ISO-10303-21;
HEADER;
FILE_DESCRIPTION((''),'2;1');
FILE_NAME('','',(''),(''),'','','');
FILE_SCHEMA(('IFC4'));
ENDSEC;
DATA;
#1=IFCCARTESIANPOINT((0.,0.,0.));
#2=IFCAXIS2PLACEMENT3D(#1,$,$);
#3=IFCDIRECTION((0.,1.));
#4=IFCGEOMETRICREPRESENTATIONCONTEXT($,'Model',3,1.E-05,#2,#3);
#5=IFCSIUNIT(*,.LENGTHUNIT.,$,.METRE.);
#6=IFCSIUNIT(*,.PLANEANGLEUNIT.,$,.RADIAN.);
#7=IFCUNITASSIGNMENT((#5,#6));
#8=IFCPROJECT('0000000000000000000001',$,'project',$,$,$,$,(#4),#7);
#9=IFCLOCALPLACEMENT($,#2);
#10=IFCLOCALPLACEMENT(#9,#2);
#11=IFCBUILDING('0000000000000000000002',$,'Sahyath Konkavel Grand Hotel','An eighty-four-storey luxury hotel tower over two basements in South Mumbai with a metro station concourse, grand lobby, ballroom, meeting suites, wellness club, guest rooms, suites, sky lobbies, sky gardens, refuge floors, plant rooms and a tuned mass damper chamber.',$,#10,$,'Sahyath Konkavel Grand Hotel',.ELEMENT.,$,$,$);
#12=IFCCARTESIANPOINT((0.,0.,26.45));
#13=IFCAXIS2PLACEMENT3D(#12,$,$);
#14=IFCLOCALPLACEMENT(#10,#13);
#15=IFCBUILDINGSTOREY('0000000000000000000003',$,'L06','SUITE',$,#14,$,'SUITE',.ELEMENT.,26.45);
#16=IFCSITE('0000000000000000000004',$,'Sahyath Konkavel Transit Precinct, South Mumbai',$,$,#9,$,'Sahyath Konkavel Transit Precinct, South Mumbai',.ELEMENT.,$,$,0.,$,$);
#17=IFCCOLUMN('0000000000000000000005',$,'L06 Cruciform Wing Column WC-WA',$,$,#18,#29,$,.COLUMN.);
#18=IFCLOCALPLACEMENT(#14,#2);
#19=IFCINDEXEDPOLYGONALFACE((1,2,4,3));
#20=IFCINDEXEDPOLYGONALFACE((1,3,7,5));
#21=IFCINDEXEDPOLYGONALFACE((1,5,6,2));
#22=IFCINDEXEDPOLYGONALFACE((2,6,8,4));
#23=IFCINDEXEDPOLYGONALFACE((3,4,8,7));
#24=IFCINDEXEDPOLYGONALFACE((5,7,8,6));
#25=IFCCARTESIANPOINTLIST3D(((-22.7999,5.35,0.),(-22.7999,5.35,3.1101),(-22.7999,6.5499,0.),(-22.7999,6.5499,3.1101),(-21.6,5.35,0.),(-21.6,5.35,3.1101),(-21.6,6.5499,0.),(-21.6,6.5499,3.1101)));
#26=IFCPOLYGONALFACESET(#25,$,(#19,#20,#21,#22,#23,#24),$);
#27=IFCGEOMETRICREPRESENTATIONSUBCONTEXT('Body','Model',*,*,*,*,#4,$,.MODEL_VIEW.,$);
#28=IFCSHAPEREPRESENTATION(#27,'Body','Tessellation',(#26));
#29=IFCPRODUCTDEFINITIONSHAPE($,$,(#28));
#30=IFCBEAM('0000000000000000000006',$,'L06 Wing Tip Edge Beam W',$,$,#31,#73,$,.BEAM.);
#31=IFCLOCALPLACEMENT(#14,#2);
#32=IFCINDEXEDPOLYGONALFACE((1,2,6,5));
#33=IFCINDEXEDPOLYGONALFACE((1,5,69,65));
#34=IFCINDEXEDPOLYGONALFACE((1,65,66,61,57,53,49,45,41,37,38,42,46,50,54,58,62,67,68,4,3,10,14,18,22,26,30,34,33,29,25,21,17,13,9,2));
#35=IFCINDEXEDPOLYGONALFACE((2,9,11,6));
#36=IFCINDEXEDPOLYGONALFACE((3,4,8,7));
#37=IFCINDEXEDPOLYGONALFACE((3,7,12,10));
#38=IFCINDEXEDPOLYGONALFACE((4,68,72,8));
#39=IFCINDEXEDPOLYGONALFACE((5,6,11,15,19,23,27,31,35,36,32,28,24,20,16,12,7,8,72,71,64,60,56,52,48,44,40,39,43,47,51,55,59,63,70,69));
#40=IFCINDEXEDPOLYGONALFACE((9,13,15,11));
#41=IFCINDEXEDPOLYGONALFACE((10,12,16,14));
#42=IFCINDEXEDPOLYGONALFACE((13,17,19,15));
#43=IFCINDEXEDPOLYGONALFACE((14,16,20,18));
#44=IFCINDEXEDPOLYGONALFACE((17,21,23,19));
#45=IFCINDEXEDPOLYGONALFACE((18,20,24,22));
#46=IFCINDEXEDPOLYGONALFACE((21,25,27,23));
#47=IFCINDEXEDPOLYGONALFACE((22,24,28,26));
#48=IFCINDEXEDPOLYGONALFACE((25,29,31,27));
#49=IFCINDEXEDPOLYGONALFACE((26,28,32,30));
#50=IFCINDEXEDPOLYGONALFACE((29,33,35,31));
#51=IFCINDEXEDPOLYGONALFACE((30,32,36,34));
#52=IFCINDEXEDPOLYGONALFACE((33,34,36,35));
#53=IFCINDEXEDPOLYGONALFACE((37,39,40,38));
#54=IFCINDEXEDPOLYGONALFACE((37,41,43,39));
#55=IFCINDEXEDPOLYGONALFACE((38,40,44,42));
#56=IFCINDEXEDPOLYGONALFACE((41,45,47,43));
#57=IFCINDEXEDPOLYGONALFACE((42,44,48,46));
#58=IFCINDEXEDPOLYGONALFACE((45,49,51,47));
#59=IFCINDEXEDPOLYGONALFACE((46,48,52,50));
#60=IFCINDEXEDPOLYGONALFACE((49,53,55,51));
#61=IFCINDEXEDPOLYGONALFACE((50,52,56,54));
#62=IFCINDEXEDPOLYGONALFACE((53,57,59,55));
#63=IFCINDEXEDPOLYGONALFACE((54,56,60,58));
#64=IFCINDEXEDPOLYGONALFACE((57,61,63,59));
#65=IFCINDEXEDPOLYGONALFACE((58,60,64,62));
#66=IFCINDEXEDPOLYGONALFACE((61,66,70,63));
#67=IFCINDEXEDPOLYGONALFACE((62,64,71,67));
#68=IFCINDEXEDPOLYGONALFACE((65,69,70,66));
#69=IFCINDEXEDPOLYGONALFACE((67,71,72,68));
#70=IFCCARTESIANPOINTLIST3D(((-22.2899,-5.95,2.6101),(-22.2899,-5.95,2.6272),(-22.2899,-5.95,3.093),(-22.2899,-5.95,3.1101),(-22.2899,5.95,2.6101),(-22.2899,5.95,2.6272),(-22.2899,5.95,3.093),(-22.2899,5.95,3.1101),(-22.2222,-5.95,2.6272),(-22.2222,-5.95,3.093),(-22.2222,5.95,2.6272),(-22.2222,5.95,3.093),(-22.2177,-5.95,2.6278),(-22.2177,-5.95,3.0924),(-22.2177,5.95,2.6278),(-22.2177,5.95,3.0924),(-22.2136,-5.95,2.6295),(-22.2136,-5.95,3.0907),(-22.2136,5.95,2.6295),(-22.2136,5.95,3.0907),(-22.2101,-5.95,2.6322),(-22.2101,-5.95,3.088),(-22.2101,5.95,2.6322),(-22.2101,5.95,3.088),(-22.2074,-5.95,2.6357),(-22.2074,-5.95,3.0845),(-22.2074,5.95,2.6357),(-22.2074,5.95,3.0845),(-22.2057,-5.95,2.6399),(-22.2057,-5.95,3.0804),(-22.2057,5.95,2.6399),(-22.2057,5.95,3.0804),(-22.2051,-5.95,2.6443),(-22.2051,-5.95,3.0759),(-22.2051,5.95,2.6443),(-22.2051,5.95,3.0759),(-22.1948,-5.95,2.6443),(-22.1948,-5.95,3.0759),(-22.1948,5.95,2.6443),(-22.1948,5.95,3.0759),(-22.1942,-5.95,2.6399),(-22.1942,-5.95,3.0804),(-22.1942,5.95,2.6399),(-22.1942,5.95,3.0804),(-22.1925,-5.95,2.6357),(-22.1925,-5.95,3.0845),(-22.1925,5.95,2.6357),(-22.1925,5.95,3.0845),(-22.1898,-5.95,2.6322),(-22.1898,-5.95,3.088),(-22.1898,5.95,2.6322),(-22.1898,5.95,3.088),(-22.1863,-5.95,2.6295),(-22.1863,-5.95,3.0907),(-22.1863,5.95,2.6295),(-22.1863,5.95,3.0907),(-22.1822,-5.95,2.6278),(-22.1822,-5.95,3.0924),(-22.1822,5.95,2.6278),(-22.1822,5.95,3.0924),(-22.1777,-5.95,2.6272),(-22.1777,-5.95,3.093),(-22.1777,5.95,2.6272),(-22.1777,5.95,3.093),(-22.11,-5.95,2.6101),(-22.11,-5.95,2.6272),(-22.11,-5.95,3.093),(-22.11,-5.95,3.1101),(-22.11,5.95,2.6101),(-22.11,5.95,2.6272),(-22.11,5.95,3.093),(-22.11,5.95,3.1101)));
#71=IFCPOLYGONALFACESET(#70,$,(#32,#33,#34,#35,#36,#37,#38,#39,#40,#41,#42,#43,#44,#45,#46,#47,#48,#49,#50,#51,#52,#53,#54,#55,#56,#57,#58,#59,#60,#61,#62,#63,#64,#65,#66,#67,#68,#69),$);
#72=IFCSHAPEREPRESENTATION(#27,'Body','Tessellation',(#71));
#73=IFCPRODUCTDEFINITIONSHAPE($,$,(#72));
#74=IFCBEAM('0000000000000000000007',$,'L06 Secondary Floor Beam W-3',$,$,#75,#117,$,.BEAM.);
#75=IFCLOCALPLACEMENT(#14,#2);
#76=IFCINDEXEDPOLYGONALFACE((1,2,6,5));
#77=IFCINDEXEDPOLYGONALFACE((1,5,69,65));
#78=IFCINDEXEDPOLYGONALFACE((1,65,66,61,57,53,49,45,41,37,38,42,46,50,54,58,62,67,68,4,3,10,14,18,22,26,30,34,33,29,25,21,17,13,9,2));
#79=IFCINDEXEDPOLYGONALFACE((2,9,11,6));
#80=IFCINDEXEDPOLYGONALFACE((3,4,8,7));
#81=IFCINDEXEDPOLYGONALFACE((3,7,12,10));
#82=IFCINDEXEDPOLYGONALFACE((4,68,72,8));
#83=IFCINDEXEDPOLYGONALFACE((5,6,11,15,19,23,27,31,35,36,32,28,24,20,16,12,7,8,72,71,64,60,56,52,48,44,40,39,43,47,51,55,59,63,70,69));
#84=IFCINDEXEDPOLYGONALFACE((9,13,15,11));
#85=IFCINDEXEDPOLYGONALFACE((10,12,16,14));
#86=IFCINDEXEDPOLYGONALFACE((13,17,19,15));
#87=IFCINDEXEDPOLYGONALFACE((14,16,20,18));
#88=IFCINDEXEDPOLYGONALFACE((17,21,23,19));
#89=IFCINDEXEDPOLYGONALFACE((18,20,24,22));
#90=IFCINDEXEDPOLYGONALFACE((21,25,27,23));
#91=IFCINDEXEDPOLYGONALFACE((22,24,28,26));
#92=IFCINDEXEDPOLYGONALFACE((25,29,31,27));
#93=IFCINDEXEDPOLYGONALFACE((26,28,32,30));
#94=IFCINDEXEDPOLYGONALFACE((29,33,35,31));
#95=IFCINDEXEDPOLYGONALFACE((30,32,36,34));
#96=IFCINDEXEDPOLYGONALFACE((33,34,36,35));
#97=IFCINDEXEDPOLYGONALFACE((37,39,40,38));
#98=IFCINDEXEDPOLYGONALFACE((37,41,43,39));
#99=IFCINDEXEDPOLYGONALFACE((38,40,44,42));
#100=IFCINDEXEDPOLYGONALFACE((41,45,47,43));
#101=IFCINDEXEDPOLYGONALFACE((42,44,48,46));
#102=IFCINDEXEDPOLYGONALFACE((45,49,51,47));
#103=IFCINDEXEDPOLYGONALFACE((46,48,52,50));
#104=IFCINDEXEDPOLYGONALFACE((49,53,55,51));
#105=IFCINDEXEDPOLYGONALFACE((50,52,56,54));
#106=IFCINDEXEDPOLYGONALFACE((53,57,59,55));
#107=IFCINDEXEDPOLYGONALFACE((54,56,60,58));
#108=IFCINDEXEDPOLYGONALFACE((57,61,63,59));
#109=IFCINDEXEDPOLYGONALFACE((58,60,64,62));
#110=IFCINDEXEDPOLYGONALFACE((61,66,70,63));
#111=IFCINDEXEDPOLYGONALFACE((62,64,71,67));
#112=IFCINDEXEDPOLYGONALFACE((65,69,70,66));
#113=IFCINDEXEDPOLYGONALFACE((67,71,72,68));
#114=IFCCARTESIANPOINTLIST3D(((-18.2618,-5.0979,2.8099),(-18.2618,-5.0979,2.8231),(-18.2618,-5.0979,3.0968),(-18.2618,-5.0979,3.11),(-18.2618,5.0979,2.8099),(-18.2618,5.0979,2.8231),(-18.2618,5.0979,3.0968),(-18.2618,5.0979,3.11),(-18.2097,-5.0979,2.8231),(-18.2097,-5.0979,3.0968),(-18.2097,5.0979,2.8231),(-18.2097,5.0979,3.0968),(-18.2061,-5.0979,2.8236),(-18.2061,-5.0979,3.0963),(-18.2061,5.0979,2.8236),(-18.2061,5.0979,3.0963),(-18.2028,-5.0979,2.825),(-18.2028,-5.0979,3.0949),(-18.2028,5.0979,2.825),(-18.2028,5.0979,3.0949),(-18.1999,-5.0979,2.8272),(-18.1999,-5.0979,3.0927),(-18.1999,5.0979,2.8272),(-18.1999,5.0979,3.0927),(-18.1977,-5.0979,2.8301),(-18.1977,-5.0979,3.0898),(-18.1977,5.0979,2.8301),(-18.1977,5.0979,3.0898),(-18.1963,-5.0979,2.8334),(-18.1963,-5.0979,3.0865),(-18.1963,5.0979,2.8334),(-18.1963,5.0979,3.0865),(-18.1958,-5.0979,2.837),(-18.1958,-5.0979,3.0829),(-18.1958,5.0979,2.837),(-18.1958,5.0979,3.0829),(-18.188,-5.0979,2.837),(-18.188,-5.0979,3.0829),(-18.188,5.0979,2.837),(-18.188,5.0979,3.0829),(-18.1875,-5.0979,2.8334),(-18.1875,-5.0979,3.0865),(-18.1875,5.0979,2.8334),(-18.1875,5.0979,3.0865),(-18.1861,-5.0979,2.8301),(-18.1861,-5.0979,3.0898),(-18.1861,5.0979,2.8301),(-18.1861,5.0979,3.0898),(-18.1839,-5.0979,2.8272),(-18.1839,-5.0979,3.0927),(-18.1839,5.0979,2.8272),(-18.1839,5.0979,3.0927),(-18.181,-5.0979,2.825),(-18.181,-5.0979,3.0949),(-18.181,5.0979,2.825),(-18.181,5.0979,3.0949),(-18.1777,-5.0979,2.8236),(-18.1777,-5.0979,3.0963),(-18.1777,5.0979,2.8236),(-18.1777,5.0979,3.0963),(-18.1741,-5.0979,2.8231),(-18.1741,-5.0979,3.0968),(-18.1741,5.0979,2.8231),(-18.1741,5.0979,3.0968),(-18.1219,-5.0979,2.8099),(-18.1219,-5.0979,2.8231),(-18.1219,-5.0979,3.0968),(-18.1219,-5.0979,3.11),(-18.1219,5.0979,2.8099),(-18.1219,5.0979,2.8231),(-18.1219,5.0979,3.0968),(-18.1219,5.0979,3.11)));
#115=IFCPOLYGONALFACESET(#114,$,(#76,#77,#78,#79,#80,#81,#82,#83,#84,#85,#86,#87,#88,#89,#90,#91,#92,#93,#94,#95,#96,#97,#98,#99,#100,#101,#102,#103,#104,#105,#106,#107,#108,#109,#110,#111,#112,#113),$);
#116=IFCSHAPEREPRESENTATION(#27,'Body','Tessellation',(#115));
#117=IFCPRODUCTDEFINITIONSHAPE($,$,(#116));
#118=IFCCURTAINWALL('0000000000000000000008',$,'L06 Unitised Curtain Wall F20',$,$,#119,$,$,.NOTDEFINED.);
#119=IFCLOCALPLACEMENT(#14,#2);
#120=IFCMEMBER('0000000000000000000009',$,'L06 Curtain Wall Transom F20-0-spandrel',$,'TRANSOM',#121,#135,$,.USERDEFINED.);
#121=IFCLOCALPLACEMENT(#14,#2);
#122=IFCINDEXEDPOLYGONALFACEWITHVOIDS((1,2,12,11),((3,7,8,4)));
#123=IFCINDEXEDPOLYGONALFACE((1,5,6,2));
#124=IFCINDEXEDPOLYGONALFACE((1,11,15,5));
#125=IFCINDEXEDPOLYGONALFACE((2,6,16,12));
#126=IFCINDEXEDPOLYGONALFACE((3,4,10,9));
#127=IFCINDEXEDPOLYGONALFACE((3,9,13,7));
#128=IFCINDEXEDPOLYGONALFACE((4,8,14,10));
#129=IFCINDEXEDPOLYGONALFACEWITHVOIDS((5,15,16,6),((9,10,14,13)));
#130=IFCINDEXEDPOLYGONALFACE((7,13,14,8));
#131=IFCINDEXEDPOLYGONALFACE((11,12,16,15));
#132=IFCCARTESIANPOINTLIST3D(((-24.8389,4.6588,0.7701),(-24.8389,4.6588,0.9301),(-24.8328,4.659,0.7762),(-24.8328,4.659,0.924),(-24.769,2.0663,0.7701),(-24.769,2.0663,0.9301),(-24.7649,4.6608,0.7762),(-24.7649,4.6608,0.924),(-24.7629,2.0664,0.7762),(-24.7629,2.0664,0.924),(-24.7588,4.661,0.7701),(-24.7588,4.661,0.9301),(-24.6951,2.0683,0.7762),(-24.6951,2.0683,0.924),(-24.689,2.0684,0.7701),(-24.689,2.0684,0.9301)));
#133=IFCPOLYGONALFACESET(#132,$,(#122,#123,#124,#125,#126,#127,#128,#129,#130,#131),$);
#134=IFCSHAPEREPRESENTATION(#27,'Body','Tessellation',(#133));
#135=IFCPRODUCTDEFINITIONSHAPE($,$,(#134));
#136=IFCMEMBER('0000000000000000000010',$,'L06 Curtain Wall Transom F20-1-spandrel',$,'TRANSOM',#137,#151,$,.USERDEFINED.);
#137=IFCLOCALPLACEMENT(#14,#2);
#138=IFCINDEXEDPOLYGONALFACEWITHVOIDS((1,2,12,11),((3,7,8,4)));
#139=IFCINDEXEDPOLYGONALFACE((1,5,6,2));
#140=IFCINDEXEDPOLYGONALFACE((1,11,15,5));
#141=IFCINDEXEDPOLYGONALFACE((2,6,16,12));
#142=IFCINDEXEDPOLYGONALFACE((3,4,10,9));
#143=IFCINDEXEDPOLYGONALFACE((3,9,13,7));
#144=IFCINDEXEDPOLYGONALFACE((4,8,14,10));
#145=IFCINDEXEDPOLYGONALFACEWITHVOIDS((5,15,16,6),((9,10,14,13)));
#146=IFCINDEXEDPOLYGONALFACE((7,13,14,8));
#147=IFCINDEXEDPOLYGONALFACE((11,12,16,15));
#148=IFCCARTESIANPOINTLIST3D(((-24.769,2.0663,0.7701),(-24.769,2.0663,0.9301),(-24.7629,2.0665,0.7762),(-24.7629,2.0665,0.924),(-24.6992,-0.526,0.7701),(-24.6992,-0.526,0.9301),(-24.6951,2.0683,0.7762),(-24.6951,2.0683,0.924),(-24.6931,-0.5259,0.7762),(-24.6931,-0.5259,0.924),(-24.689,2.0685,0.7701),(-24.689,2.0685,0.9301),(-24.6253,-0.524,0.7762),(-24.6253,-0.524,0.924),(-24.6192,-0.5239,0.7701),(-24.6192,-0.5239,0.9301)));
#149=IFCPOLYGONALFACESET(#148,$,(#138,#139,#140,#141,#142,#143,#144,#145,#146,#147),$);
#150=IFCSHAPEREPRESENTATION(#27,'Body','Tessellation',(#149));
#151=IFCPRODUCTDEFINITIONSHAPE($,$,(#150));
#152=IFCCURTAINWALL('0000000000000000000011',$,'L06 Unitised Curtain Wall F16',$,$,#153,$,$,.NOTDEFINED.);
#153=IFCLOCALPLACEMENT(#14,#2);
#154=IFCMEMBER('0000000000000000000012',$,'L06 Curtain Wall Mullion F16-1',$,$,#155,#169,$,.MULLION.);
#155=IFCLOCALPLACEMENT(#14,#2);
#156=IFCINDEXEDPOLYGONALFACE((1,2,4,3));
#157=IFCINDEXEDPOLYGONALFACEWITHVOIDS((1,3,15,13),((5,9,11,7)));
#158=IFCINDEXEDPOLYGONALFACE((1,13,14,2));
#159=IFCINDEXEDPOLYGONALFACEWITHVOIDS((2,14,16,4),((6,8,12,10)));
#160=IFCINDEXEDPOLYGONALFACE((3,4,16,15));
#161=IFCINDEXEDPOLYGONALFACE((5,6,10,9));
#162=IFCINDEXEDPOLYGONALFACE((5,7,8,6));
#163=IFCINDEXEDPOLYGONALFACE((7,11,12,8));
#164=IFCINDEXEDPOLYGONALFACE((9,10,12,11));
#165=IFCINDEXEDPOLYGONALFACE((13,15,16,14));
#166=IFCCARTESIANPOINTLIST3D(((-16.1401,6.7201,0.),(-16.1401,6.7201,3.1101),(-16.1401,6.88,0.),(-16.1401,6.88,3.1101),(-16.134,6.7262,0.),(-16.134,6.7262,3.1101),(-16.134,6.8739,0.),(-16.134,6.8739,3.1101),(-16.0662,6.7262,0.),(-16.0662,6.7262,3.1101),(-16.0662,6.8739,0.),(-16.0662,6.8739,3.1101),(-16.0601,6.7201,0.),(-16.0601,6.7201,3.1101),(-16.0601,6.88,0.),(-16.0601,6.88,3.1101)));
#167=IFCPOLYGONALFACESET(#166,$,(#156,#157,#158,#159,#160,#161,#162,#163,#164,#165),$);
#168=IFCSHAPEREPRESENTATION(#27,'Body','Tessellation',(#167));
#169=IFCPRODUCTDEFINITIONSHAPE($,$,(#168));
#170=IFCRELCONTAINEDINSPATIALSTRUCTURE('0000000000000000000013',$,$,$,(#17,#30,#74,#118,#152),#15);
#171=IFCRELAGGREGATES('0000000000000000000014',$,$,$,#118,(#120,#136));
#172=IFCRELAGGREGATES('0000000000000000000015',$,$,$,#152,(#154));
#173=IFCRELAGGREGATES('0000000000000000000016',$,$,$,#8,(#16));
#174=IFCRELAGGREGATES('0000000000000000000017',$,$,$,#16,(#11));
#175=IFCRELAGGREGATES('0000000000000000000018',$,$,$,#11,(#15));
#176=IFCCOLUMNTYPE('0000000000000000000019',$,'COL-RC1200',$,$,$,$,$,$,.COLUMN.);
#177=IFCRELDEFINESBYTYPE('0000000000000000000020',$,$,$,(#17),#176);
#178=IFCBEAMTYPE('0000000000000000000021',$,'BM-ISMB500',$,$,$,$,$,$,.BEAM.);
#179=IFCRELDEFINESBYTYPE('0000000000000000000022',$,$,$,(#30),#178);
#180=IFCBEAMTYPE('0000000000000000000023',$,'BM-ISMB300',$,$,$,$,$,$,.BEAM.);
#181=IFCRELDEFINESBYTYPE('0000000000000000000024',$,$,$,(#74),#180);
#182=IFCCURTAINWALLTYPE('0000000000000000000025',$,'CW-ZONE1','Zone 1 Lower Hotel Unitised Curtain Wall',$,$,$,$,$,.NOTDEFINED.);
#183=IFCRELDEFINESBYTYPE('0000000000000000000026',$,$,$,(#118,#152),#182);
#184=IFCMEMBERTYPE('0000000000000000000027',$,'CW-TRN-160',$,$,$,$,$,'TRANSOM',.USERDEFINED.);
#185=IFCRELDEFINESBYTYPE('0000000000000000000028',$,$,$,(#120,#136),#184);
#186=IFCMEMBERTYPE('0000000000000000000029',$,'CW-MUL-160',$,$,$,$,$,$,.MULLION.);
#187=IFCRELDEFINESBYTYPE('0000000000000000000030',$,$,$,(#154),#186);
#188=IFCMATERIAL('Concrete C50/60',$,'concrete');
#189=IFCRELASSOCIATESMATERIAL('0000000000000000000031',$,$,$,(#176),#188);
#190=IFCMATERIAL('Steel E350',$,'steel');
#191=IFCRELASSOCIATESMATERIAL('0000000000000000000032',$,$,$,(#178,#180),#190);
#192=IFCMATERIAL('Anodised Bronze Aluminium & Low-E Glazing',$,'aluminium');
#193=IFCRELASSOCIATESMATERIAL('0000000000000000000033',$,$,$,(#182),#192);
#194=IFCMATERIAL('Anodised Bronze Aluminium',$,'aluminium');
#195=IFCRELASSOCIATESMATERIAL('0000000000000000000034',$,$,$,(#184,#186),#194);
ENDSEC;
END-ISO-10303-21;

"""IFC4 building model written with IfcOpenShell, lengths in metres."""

from ifc_helpers import new_model, si_unit, direction, frame, origin, origin_2d, place, context, subcontext, project, spatial, rectangle, hollow_rectangle, i_section, extrude, source, transform, mapped, material, material_profile, profile_set, type_object, element, aggregate, save


model = new_model("IFC4")

# Units and contexts
model_context = context("Model", 3, precision=1e-05, world=origin(), true_north=direction((0.0, 1.0)))
body_context = subcontext(model_context, "Body", "Model", "MODEL_VIEW")
ifc_project = project(units=[si_unit("LENGTHUNIT", "METRE"), si_unit("PLANEANGLEUNIT", "RADIAN")], contexts=[model_context])

# Site, building, storey
site_placement = place(None, origin())
site = spatial("IfcSite", under=ifc_project, at=site_placement, Name="Sahyath Konkavel Transit Precinct, South Mumbai", LongName="Sahyath Konkavel Transit Precinct, South Mumbai", CompositionType="ELEMENT", RefElevation=0.0)
building_placement = place(site_placement, origin())
building = spatial("IfcBuilding", under=site, at=building_placement, Name="Sahyath Konkavel Grand Hotel", Description="An eighty-four-storey luxury hotel tower over two basements in South Mumbai with a metro station concourse, grand lobby, ballroom, meeting suites, wellness club, guest rooms, suites, sky lobbies, sky gardens, refuge floors, plant rooms and a tuned mass damper chamber.", LongName="Sahyath Konkavel Grand Hotel", CompositionType="ELEMENT")
storey_placement = place(building_placement, frame((0.0, 0.0, 26.45)))
storey = spatial("IfcBuildingStorey", under=building, at=storey_placement, Name="L06", Description="SUITE", LongName="SUITE", CompositionType="ELEMENT", Elevation=26.45)

# Column
ifc_material_1 = material(Name="Concrete C50/60", Category="concrete")
ifc_material_profile_1 = material_profile(ifc_material_1, rectangle(XDim=1.2, YDim=1.2, at=origin_2d()), Name="RC 1200x1200")
ifc_profile_set_1 = profile_set([ifc_material_profile_1], Name="Concrete C50/60")
column_type = type_object("IfcColumnType", Name="COL-RC1200", PredefinedType="COLUMN", material=ifc_profile_set_1)
shared_shape_1 = source(origin(), body_context, "Body", "SweptSolid", [
    extrude(rectangle(XDim=1.2, YDim=1.2, at=origin_2d()), origin(), (0.0, 0.0, 1.0), 3.1101),
])
column_placement = place(storey_placement, frame((-22.2, 5.95, 0.0), z_axis=(0.0, 0.0, 1.0), x_axis=(1.0, 0.0, 0.0)))
element("IfcColumn", 1, at=column_placement, inside=storey, type_object=column_type, Name="L06 Cruciform Wing Column WC-WA", PredefinedType="COLUMN", context=body_context, shape_type="MappedRepresentation", body=[
    mapped(shared_shape_1, transform((0.0, 0.0, 0.0), scale=1.0)),
])

# Beams
ifc_material_2 = material(Name="Steel E350", Category="steel")
ifc_material_profile_2 = material_profile(ifc_material_2, i_section(OverallWidth=0.1799, OverallDepth=0.5, WebThickness=0.0103, FlangeThickness=0.0171, FilletRadius=0.0171, at=origin_2d()), Name="ISMB 500")
ifc_profile_set_2 = profile_set([ifc_material_profile_2], Name="Steel E350")
beam_type_1 = type_object("IfcBeamType", Name="BM-ISMB500", PredefinedType="BEAM", material=ifc_profile_set_2)
shared_shape_2 = source(origin(), body_context, "Body", "SweptSolid", [
    extrude(i_section(OverallWidth=0.1799, OverallDepth=0.5, WebThickness=0.0103, FlangeThickness=0.0171, FilletRadius=0.0171, at=origin_2d()), origin(), (0.0, 0.0, 1.0), 11.8999),
])
beam_1_placement = place(storey_placement, frame((-22.2, 5.95, 2.8601), z_axis=(0.0, -1.0, 0.0), x_axis=(1.0, 0.0, 0.0)))
element("IfcBeam", 2, at=beam_1_placement, inside=storey, type_object=beam_type_1, Name="L06 Wing Tip Edge Beam W", PredefinedType="BEAM", context=body_context, shape_type="MappedRepresentation", body=[
    mapped(shared_shape_2, transform((0.0, 0.0, 0.0), scale=1.0)),
])
ifc_material_profile_3 = material_profile(ifc_material_2, i_section(OverallWidth=0.1399, OverallDepth=0.3, WebThickness=0.0078, FlangeThickness=0.0132, FilletRadius=0.0139, at=origin_2d()), Name="ISMB 300")
ifc_profile_set_3 = profile_set([ifc_material_profile_3], Name="Steel E350")
beam_type_2 = type_object("IfcBeamType", Name="BM-ISMB300", PredefinedType="BEAM", material=ifc_profile_set_3)
shared_shape_3 = source(origin(), body_context, "Body", "SweptSolid", [
    extrude(i_section(OverallWidth=0.1399, OverallDepth=0.3, WebThickness=0.0078, FlangeThickness=0.0132, FilletRadius=0.0139, at=origin_2d()), origin(), (0.0, 0.0, 1.0), 10.1958),
])
beam_2_placement = place(storey_placement, frame((-18.1919, 5.0979, 2.96), z_axis=(0.0, -1.0, 0.0), x_axis=(1.0, 0.0, 0.0)))
element("IfcBeam", 3, at=beam_2_placement, inside=storey, type_object=beam_type_2, Name="L06 Secondary Floor Beam W-3", PredefinedType="BEAM", context=body_context, shape_type="MappedRepresentation", body=[
    mapped(shared_shape_3, transform((0.0, 0.0, 0.0), scale=1.0)),
])

# Curtain walls, members
ifc_material_3 = material(Name="Anodised Bronze Aluminium & Low-E Glazing", Category="aluminium")
curtain_wall_type = type_object("IfcCurtainWallType", Name="CW-ZONE1", Description="Zone 1 Lower Hotel Unitised Curtain Wall", PredefinedType="NOTDEFINED", material=ifc_material_3)
curtain_wall_1_placement = place(storey_placement, origin())
curtain_wall_1 = element("IfcCurtainWall", 4, at=curtain_wall_1_placement, inside=storey, type_object=curtain_wall_type, Name="L06 Unitised Curtain Wall F20", PredefinedType="NOTDEFINED")
ifc_material_4 = material(Name="Anodised Bronze Aluminium", Category="aluminium")
ifc_material_profile_4 = material_profile(ifc_material_4, hollow_rectangle(XDim=0.0801, YDim=0.1599, WallThickness=0.0061, at=origin_2d()), Name="RHS 160x80x6")
ifc_profile_set_4 = profile_set([ifc_material_profile_4], Name="Anodised Bronze Aluminium")
member_type_1 = type_object("IfcMemberType", Name="CW-TRN-160", ElementType="TRANSOM", PredefinedType="USERDEFINED", material=ifc_profile_set_4)
shared_shape_4 = source(origin(), body_context, "Body", "SweptSolid", [
    extrude(hollow_rectangle(XDim=0.0801, YDim=0.1599, WallThickness=0.0061, at=origin_2d()), origin(), (0.0, 0.0, 1.0), 2.5935),
])
member_1_placement = place(storey_placement, frame((-24.7988, 4.6599, 0.8501), z_axis=(0.026923, -0.999638, 0.0), x_axis=(0.999638, 0.026923, 0.0)))
member_1 = element("IfcMember", 5, at=member_1_placement, type_object=member_type_1, Name="L06 Curtain Wall Transom F20-0-spandrel", ObjectType="TRANSOM", PredefinedType="USERDEFINED", context=body_context, shape_type="MappedRepresentation", body=[
    mapped(shared_shape_4, transform((0.0, 0.0, 0.0), scale=1.0)),
])
shared_shape_5 = source(origin(), body_context, "Body", "SweptSolid", [
    extrude(hollow_rectangle(XDim=0.0801, YDim=0.1599, WallThickness=0.0061, at=origin_2d()), origin(), (0.0, 0.0, 1.0), 2.5933),
])
member_2_placement = place(storey_placement, frame((-24.729, 2.0674, 0.8501), z_axis=(0.026926, -0.999637, 0.0), x_axis=(0.999637, 0.026926, 0.0)))
member_2 = element("IfcMember", 6, at=member_2_placement, type_object=member_type_1, Name="L06 Curtain Wall Transom F20-1-spandrel", ObjectType="TRANSOM", PredefinedType="USERDEFINED", context=body_context, shape_type="MappedRepresentation", body=[
    mapped(shared_shape_5, transform((0.0, 0.0, 0.0), scale=1.0)),
])
curtain_wall_2_placement = place(storey_placement, origin())
curtain_wall_2 = element("IfcCurtainWall", 7, at=curtain_wall_2_placement, inside=storey, type_object=curtain_wall_type, Name="L06 Unitised Curtain Wall F16", PredefinedType="NOTDEFINED")
ifc_material_profile_5 = material_profile(ifc_material_4, hollow_rectangle(XDim=0.0801, YDim=0.1599, WallThickness=0.0061, at=origin_2d()), Name="RHS 160x80x6")
ifc_profile_set_5 = profile_set([ifc_material_profile_5], Name="Anodised Bronze Aluminium")
member_type_2 = type_object("IfcMemberType", Name="CW-MUL-160", PredefinedType="MULLION", material=ifc_profile_set_5)
shared_shape_6 = source(origin(), body_context, "Body", "SweptSolid", [
    extrude(hollow_rectangle(XDim=0.0801, YDim=0.1599, WallThickness=0.0061, at=origin_2d()), origin(), (0.0, 0.0, 1.0), 3.1101),
])
member_3_placement = place(storey_placement, frame((-16.1001, 6.8, 0.0), z_axis=(0.0, 0.0, 1.0), x_axis=(1.0, 0.0, 0.0)))
member_3 = element("IfcMember", 8, at=member_3_placement, type_object=member_type_2, Name="L06 Curtain Wall Mullion F16-1", PredefinedType="MULLION", context=body_context, shape_type="MappedRepresentation", body=[
    mapped(shared_shape_6, transform((0.0, 0.0, 0.0), scale=1.0)),
])

aggregate(curtain_wall_1, [member_1, member_2])
aggregate(curtain_wall_2, [member_3])

save(model, "model.ifc")
